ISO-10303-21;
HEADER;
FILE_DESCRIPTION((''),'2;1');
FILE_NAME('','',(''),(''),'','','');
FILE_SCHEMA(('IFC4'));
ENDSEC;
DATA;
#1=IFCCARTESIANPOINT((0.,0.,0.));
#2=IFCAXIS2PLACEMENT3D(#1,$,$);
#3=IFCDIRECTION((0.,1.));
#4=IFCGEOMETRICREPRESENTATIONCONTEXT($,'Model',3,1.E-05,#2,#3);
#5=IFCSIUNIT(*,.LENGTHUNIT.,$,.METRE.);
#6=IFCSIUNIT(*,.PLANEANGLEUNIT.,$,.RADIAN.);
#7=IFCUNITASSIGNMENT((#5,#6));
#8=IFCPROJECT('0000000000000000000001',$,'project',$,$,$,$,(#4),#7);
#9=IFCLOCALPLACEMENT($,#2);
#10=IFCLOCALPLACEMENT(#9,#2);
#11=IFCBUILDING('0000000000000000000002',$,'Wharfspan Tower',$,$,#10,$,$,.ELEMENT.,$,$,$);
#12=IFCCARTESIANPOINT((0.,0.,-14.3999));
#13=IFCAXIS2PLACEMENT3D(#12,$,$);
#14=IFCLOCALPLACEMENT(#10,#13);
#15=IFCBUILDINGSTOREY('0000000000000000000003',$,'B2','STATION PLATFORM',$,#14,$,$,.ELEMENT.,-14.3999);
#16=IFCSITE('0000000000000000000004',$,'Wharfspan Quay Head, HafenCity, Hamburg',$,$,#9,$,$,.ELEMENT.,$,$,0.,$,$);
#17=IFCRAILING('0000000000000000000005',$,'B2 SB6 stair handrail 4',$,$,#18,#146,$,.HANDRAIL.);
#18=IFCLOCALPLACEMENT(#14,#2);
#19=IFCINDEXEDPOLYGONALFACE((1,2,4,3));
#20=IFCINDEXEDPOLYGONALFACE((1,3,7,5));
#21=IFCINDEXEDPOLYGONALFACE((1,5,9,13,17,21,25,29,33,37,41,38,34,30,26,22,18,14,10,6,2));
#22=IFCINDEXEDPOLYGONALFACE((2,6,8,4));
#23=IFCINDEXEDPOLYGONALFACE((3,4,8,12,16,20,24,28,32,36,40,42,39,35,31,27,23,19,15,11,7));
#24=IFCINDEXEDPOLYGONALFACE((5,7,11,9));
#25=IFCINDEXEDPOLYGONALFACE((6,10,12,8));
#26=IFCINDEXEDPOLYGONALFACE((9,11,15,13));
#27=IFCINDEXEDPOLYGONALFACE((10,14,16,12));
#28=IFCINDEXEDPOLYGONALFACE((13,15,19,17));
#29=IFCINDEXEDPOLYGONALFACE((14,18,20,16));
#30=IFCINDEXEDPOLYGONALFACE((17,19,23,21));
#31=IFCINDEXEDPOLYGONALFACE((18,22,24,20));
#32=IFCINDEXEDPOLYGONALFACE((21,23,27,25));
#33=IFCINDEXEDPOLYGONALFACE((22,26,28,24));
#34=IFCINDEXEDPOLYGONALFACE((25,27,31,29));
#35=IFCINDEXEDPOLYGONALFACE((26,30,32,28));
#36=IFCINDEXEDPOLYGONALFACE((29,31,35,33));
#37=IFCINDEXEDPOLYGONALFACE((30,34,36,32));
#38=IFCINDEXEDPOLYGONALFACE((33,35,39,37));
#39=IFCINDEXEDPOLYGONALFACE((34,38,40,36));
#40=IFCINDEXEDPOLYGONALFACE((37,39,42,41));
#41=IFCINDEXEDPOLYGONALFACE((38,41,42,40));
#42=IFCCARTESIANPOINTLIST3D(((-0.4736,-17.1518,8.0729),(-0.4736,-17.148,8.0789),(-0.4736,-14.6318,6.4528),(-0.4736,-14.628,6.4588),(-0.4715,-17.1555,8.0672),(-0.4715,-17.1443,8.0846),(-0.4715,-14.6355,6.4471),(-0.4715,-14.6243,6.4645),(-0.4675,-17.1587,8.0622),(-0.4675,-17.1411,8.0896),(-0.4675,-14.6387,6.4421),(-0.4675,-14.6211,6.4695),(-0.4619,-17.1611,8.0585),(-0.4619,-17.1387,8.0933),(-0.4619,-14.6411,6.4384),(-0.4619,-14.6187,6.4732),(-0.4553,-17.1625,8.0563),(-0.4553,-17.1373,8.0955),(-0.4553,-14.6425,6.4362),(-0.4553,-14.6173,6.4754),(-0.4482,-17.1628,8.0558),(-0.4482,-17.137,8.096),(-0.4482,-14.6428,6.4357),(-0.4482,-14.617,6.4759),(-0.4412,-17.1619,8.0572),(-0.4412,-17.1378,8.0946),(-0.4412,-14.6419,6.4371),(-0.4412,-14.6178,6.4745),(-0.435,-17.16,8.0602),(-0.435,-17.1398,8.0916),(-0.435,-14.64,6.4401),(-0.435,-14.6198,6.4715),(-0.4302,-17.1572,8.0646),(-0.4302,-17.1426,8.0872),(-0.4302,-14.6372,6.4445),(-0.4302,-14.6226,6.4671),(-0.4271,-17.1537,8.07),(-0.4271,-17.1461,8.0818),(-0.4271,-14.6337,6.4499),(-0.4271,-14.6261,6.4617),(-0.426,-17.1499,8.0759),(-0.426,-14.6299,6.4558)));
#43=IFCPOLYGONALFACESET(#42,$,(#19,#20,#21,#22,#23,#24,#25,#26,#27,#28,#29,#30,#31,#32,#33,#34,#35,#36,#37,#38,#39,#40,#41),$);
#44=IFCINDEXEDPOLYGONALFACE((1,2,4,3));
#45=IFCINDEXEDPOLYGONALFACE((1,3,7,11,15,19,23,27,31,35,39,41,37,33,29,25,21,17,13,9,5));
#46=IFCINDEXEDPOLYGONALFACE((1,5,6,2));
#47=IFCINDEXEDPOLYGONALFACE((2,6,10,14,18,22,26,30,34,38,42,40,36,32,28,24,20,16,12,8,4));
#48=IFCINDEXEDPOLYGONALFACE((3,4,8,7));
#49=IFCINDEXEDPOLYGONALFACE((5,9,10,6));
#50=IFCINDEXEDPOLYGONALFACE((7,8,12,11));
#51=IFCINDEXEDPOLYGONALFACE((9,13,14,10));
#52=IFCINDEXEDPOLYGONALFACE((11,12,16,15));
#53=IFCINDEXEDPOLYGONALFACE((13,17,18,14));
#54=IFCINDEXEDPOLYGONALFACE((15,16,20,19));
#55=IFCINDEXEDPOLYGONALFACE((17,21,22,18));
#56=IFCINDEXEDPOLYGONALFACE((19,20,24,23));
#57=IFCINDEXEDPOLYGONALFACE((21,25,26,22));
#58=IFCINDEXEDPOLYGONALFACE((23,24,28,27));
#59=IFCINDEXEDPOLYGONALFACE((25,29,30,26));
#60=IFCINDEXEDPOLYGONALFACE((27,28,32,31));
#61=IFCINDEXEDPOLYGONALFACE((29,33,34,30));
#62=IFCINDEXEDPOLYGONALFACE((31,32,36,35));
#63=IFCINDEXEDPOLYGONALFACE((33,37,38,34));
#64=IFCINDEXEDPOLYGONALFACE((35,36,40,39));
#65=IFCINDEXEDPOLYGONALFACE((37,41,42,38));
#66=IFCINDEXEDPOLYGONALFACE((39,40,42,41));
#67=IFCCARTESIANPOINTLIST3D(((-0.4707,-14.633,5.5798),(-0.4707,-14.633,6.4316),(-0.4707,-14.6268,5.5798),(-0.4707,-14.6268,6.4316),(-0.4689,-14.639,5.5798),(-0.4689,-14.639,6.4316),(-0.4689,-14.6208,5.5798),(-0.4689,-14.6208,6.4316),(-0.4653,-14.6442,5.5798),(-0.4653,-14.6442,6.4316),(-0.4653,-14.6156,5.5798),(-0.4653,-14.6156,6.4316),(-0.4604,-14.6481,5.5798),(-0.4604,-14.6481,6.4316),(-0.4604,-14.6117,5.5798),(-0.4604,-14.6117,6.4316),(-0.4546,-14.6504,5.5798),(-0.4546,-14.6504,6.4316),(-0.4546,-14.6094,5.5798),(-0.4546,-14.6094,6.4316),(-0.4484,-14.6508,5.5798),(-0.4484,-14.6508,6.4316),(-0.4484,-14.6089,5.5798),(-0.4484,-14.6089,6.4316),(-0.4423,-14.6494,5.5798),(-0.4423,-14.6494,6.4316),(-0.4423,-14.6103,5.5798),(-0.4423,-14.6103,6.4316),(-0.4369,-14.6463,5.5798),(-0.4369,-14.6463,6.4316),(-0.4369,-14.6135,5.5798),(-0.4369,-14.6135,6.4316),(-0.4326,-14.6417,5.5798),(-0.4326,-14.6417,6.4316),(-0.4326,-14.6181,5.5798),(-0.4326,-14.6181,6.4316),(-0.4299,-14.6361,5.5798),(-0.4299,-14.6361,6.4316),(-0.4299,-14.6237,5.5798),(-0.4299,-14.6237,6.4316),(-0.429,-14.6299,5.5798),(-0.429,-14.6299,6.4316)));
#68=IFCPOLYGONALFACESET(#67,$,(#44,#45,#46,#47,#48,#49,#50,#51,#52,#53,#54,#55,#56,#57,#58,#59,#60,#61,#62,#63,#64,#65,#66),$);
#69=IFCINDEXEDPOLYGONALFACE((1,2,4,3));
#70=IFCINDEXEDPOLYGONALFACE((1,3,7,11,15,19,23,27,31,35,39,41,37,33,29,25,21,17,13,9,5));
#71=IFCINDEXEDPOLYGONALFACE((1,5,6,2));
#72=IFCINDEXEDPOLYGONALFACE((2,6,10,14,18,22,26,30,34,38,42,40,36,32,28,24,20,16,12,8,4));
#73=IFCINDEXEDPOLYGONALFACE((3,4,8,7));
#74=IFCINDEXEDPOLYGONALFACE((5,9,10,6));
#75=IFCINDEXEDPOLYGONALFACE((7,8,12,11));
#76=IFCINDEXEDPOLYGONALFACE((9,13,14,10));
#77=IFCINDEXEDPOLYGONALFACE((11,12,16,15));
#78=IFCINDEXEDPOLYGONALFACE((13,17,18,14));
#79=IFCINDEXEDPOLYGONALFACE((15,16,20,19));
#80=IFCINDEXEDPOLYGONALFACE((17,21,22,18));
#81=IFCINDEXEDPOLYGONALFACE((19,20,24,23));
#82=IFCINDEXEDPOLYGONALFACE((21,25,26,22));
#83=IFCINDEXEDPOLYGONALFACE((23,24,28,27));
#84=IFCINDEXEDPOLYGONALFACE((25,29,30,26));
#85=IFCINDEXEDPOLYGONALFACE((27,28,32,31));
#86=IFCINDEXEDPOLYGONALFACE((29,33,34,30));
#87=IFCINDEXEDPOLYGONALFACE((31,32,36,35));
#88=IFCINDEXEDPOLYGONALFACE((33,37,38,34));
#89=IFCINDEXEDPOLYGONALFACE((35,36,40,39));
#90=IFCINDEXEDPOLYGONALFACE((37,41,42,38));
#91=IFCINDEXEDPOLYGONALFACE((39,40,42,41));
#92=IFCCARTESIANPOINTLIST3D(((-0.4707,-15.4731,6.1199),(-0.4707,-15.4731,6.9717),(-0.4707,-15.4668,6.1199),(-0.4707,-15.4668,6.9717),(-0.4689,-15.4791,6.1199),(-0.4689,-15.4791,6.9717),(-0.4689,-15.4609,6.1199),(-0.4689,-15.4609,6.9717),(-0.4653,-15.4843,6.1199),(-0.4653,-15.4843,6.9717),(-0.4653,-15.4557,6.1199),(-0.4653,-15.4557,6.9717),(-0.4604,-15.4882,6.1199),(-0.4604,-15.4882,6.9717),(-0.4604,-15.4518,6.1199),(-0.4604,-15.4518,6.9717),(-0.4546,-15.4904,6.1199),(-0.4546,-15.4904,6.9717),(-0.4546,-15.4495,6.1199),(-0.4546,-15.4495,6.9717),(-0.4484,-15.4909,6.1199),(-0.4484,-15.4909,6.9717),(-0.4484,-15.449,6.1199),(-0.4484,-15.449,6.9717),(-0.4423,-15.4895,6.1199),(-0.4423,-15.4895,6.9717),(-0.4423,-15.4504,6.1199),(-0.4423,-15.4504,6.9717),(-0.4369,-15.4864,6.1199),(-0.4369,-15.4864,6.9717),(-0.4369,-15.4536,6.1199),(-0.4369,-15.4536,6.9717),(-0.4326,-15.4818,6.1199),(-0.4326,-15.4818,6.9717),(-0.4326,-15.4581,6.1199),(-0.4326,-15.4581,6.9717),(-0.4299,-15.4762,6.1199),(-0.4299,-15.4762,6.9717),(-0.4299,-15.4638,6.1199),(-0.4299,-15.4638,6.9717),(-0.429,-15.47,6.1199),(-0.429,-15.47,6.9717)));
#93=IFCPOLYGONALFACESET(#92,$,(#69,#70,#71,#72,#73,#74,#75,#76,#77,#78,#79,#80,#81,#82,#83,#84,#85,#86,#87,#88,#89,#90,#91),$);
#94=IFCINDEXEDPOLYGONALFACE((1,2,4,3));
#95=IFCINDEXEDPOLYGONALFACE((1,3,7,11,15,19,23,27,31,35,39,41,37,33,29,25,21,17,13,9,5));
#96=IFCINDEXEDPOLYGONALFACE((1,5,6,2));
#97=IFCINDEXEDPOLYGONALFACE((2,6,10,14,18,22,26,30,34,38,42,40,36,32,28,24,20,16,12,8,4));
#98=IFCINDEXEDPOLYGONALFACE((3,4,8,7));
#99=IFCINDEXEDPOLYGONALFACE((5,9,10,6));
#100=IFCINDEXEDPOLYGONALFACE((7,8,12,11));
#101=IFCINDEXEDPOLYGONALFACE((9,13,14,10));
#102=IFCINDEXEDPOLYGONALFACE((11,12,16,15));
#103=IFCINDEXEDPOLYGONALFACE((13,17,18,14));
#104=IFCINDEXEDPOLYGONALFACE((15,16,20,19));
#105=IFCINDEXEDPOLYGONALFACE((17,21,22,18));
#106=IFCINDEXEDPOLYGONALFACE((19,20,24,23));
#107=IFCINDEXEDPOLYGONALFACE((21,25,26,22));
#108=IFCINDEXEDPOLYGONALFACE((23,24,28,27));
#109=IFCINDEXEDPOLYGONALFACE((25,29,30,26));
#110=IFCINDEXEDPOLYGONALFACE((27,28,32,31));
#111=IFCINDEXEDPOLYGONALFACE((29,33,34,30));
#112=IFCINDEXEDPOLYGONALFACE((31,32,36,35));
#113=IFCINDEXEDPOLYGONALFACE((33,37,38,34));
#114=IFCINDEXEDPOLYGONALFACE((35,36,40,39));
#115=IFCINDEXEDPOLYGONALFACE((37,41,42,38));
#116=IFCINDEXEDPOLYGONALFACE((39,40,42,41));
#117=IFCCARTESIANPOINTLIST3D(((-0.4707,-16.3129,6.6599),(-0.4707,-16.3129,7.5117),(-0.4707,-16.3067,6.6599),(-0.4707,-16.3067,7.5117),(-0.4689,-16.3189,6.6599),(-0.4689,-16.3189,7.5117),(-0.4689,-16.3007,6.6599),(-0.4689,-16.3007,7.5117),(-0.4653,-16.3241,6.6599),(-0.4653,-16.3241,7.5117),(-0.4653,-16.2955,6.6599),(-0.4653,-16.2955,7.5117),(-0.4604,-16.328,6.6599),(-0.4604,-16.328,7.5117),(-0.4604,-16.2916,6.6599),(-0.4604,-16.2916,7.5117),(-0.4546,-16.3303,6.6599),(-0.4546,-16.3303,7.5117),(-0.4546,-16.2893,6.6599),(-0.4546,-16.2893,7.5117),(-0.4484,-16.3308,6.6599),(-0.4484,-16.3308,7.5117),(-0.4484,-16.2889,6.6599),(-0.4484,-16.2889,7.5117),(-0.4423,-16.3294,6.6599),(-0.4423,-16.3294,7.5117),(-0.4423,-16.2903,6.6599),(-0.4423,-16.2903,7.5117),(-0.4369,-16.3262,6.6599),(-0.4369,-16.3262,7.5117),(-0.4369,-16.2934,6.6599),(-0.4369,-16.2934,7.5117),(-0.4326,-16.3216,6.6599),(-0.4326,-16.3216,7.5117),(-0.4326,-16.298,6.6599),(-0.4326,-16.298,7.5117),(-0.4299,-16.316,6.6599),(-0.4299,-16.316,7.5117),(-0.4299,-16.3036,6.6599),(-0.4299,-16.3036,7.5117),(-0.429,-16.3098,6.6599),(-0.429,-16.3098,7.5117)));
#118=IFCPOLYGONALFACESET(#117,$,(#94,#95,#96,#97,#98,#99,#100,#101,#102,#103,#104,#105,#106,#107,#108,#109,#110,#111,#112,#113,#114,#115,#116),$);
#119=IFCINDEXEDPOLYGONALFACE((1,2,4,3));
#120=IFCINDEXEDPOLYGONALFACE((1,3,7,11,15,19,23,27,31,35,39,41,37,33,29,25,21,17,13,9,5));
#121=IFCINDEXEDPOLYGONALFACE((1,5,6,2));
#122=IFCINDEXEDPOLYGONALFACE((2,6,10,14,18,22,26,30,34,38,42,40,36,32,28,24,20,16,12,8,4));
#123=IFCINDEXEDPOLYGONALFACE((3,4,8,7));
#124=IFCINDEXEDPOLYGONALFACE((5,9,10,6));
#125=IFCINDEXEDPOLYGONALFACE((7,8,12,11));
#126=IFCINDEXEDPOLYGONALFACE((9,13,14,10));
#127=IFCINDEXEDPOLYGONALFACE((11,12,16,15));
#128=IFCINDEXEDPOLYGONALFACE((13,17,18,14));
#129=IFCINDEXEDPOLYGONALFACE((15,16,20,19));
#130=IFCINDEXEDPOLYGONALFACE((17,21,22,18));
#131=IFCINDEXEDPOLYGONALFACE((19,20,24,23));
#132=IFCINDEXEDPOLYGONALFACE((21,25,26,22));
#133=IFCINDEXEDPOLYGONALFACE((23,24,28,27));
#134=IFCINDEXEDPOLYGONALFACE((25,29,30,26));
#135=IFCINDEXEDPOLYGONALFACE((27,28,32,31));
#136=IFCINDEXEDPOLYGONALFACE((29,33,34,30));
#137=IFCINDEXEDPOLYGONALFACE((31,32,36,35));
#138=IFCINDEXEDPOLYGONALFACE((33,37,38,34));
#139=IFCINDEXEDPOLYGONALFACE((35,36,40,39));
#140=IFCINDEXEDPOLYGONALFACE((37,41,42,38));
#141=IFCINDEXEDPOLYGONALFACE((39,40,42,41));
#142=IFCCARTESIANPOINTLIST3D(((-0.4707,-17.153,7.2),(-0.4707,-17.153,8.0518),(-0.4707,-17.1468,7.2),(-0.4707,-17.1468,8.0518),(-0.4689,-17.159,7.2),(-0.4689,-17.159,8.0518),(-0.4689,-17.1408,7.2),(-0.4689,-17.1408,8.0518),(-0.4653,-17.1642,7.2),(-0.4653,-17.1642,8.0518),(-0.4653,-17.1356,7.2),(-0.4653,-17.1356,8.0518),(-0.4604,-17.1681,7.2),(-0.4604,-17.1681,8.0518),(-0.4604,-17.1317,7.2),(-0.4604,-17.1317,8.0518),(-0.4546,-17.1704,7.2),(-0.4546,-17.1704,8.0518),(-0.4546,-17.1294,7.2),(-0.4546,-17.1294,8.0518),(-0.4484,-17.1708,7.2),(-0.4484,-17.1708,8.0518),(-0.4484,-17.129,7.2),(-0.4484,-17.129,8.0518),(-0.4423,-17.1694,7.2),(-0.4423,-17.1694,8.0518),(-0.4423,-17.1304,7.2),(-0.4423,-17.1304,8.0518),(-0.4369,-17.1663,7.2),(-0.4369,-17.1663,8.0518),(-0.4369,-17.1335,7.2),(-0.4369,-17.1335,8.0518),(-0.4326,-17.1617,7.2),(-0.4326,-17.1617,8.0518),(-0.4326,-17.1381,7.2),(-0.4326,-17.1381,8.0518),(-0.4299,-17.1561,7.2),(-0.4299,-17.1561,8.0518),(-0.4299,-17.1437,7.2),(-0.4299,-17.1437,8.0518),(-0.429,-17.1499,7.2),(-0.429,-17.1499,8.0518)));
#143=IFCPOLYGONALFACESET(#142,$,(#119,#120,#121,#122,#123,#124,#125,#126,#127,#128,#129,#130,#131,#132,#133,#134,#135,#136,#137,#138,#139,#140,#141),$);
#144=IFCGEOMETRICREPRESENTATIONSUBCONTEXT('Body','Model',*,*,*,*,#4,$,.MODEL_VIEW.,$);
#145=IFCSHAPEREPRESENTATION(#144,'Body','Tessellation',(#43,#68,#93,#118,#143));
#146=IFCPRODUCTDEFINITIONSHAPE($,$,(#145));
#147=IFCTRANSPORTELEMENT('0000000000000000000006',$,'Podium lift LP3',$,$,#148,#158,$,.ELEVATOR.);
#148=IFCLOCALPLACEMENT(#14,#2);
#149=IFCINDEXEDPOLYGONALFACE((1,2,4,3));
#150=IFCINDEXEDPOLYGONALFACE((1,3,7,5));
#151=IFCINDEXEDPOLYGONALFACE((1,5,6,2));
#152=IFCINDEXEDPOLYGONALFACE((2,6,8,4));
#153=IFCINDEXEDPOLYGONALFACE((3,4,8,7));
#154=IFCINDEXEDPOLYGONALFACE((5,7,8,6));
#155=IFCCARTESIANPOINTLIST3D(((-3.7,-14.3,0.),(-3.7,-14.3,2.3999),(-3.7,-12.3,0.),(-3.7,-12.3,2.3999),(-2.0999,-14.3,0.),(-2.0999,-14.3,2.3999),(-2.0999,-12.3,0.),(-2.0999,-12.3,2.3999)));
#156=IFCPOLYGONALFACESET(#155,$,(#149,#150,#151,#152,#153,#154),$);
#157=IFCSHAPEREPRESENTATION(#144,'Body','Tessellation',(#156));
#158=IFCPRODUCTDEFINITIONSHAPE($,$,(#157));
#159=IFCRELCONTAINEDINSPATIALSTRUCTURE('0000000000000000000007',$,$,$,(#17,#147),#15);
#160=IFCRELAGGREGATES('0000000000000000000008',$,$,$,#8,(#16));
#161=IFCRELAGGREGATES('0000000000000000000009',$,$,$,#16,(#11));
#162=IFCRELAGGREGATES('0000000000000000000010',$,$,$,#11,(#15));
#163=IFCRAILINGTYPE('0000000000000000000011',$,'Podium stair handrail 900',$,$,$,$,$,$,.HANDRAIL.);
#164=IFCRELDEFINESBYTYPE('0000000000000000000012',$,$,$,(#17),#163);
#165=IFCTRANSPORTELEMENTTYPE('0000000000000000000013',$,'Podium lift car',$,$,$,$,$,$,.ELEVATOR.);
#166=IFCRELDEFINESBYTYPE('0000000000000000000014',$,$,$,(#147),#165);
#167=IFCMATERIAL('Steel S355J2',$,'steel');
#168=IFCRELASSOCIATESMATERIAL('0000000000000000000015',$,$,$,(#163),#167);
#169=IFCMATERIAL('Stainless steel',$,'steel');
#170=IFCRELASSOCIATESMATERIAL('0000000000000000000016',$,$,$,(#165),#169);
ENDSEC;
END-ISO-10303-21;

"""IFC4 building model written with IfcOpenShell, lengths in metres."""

from ifc_helpers import new_model, si_unit, direction, frame, origin, origin_2d, place, context, subcontext, project, spatial, rectangle, circle, extrude, material, type_object, element, save


model = new_model("IFC4")

# Units and contexts
model_context = context("Model", 3, precision=1e-05, world=origin(), true_north=direction((0.0, 1.0)))
body_context = subcontext(model_context, "Body", "Model", "MODEL_VIEW")
ifc_project = project(units=[si_unit("LENGTHUNIT", "METRE"), si_unit("PLANEANGLEUNIT", "RADIAN")], contexts=[model_context])

# Site, building, storey
site_placement = place(None, origin())
site = spatial("IfcSite", under=ifc_project, at=site_placement, Name="Wharfspan Quay Head, HafenCity, Hamburg", CompositionType="ELEMENT", RefElevation=0.0)
building_placement = place(site_placement, origin())
building = spatial("IfcBuilding", under=site, at=building_placement, Name="Wharfspan Tower", CompositionType="ELEMENT")
storey_placement = place(building_placement, frame((0.0, 0.0, -14.3999)))
storey = spatial("IfcBuildingStorey", under=building, at=storey_placement, Name="B2", Description="STATION PLATFORM", CompositionType="ELEMENT", Elevation=-14.3999)

# Shared definitions
ifc_material_1 = material(Name="Stainless steel", Category="steel")

# Railing
ifc_material_2 = material(Name="Steel S355J2", Category="steel")
railing_type_1 = type_object("IfcRailingType", Name="Podium stair handrail 900", PredefinedType="HANDRAIL", material=ifc_material_2)
railing_1_placement = place(storey_placement, frame((-0.45, -14.6299, 5.5798)))
element("IfcRailing", 1, at=railing_1_placement, inside=storey, type_object=railing_type_1, Name="B2 SB6 stair handrail 4", PredefinedType="HANDRAIL", context=body_context, shape_type="SweptSolid", body=[
    extrude(circle(Radius=0.0239, at=origin_2d()), frame((0.0, 0.0, 0.876), z_axis=(0.0, -0.841163, 0.540782), x_axis=(1.0, 0.0, 0.0)), (0.0, 0.0, 1.0), 2.9958),
    extrude(circle(Radius=0.021, at=origin_2d()), origin(), (0.0, 0.0, 1.0), 0.8518),
    extrude(circle(Radius=0.021, at=origin_2d()), frame((0.0, -0.8401, 0.54)), (0.0, 0.0, 1.0), 0.8518),
    extrude(circle(Radius=0.021, at=origin_2d()), frame((0.0, -1.6799, 1.0801)), (0.0, 0.0, 1.0), 0.8518),
    extrude(circle(Radius=0.021, at=origin_2d()), frame((0.0, -2.52, 1.6201)), (0.0, 0.0, 1.0), 0.8518),
])

# Transport element
transport_element_type = type_object("IfcTransportElementType", Name="Podium lift car", PredefinedType="ELEVATOR", material=ifc_material_1)
transport_element_placement = place(storey_placement, frame((-2.8999, -13.3, 0.0), z_axis=(0.0, 0.0, 1.0), x_axis=(1.0, 0.0, 0.0)))
element("IfcTransportElement", 2, at=transport_element_placement, inside=storey, type_object=transport_element_type, Name="Podium lift LP3", PredefinedType="ELEVATOR", context=body_context, shape_type="SweptSolid", body=[
    extrude(rectangle(XDim=1.6001, YDim=2.0, at=origin_2d()), origin(), (0.0, 0.0, 1.0), 2.3999),
])

save(model, "model.ifc")
